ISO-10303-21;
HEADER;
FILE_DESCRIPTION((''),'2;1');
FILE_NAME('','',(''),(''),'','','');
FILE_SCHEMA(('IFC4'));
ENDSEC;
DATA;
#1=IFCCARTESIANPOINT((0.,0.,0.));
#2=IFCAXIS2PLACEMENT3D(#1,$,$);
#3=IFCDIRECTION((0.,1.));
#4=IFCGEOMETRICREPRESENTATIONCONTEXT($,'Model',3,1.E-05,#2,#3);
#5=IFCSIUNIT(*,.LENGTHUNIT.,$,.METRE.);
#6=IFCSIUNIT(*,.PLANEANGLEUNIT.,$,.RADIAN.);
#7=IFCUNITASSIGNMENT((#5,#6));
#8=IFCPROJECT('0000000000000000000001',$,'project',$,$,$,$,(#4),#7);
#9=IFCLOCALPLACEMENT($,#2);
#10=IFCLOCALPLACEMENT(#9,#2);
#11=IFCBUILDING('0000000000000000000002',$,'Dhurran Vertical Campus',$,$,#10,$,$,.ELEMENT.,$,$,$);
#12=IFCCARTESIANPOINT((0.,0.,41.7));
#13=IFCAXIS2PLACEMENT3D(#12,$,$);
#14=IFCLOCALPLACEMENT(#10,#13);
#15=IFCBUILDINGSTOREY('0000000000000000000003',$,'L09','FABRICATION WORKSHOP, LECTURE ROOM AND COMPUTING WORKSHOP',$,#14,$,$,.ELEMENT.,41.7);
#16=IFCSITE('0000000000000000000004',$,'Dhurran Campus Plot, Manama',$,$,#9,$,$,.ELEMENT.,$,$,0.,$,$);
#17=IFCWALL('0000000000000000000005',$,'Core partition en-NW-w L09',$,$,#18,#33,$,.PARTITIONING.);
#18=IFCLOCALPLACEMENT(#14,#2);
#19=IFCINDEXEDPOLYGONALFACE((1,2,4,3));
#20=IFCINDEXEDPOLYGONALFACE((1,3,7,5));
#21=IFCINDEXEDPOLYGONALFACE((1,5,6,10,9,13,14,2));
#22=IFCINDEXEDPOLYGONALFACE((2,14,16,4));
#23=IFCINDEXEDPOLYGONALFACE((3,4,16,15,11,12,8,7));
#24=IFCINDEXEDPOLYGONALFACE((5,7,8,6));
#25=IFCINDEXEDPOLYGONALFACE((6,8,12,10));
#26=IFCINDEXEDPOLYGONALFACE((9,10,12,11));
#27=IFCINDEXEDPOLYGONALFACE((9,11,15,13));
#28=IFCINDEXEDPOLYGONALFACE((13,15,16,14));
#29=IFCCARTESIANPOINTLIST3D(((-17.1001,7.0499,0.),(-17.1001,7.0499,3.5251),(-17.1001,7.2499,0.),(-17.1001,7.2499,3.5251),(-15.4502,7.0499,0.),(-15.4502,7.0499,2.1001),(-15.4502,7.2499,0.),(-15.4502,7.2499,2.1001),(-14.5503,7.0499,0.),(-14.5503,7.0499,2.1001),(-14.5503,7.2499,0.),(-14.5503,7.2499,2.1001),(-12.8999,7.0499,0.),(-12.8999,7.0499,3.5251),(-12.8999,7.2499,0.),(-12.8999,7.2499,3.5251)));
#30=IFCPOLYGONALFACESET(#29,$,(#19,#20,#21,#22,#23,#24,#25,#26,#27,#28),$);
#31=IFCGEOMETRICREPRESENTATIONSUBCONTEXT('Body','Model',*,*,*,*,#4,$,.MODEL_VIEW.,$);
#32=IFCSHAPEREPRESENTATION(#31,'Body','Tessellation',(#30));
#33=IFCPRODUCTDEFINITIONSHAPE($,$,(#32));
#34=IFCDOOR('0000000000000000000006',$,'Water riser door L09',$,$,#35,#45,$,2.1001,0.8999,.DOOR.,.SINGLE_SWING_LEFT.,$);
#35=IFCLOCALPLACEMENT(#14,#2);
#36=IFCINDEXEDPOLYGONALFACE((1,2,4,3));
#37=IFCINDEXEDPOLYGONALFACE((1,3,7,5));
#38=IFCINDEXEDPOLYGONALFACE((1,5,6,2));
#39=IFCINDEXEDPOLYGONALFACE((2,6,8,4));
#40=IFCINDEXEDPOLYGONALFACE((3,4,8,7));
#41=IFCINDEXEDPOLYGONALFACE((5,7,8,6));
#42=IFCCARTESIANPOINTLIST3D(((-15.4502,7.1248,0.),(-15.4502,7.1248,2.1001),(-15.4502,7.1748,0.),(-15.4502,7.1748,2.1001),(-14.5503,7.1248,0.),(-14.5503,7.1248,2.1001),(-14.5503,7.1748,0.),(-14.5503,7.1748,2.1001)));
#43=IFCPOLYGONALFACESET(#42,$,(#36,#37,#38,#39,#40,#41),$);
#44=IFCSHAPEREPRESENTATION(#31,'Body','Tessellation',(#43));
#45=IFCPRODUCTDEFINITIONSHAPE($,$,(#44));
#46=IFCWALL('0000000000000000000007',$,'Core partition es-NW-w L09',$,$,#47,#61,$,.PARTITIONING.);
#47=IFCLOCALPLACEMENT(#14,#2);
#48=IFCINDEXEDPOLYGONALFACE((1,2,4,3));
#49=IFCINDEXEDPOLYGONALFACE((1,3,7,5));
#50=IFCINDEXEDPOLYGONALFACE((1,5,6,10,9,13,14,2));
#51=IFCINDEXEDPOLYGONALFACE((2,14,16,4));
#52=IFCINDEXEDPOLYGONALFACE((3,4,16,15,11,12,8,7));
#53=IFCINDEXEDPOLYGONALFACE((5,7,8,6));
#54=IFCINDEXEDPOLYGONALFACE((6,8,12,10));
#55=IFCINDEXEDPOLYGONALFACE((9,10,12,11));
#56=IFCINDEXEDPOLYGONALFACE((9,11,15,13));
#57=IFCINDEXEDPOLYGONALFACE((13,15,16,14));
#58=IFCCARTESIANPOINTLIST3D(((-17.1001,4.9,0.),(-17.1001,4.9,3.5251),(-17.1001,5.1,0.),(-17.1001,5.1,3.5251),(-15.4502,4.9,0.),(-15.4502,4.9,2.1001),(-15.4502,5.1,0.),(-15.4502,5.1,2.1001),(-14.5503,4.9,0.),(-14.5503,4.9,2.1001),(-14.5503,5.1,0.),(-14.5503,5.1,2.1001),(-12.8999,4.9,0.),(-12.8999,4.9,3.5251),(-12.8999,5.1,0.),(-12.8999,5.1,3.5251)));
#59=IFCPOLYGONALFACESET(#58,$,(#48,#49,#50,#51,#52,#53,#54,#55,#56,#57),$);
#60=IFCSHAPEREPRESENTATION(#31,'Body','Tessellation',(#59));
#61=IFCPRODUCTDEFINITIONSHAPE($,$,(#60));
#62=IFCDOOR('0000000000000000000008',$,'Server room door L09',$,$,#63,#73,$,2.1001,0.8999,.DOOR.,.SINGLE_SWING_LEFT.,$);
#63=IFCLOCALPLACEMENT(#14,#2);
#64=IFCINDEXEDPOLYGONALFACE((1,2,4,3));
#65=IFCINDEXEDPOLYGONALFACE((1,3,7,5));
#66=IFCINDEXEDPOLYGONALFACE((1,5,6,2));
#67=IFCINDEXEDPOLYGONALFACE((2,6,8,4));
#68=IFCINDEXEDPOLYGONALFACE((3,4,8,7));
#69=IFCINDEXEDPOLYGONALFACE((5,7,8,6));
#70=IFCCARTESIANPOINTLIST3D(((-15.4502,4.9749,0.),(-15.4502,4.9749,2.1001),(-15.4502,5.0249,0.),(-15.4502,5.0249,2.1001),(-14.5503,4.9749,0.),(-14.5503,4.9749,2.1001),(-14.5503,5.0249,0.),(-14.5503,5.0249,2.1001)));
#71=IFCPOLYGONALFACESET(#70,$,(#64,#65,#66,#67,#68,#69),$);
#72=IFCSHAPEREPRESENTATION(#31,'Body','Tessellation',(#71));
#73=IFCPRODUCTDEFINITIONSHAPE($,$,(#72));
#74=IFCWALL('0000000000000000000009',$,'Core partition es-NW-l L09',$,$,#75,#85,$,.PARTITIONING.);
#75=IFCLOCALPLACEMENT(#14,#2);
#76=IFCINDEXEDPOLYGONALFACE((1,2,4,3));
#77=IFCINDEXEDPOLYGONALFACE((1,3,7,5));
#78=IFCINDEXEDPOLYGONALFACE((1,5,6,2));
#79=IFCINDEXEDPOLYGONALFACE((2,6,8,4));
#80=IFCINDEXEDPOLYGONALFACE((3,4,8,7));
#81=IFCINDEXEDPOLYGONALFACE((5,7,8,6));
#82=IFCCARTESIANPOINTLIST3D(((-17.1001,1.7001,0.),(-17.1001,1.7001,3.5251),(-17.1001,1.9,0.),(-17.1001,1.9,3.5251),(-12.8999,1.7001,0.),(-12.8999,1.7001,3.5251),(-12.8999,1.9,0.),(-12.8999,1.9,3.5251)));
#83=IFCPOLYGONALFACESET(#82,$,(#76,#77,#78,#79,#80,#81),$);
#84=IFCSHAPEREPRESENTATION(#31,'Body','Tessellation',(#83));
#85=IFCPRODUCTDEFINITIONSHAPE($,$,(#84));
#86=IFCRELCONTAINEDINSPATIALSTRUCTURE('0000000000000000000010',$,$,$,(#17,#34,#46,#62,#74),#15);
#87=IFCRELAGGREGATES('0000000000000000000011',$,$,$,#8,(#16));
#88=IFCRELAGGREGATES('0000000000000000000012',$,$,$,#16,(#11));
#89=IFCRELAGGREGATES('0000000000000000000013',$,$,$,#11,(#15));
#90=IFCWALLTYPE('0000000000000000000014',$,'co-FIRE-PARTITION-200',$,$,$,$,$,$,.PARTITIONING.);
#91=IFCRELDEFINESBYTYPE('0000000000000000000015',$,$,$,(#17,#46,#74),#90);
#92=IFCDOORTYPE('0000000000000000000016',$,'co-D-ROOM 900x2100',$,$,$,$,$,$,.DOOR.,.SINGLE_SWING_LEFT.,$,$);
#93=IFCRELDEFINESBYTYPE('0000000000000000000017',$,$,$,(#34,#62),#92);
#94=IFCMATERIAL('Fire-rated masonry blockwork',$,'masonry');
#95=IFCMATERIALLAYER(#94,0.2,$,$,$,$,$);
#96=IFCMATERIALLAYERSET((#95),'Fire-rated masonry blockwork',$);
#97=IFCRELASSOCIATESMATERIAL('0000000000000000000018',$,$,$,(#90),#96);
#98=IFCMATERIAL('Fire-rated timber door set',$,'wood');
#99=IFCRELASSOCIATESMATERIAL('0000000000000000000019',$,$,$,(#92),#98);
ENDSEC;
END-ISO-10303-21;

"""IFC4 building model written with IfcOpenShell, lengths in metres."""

from ifc_helpers import new_model, si_unit, direction, frame, frame_2d, origin, place, context, subcontext, project, spatial, rectangle, extrude, material, layer, layer_set, type_object, element, fill, save


model = new_model("IFC4")

# Units and contexts
model_context = context("Model", 3, precision=1e-05, world=origin(), true_north=direction((0.0, 1.0)))
body_context = subcontext(model_context, "Body", "Model", "MODEL_VIEW")
ifc_project = project(units=[si_unit("LENGTHUNIT", "METRE"), si_unit("PLANEANGLEUNIT", "RADIAN")], contexts=[model_context])

# Site, building, storey
site_placement = place(None, origin())
site = spatial("IfcSite", under=ifc_project, at=site_placement, Name="Dhurran Campus Plot, Manama", CompositionType="ELEMENT", RefElevation=0.0)
building_placement = place(site_placement, origin())
building = spatial("IfcBuilding", under=site, at=building_placement, Name="Dhurran Vertical Campus", CompositionType="ELEMENT")
storey_placement = place(building_placement, frame((0.0, 0.0, 41.7)))
storey = spatial("IfcBuildingStorey", under=building, at=storey_placement, Name="L09", Description="FABRICATION WORKSHOP, LECTURE ROOM AND COMPUTING WORKSHOP", CompositionType="ELEMENT", Elevation=41.7)

# Walls, openings, doors
ifc_material_1 = material(Name="Fire-rated masonry blockwork", Category="masonry")
ifc_layer_1 = layer(ifc_material_1, 0.2)
ifc_layer_set_1 = layer_set([ifc_layer_1], Name="Fire-rated masonry blockwork")
wall_type_1 = type_object("IfcWallType", Name="co-FIRE-PARTITION-200", PredefinedType="PARTITIONING", material=ifc_layer_set_1)
wall_1_placement = place(storey_placement, frame((-17.1001, 7.1499, 0.0), z_axis=(0.0, 0.0, 1.0), x_axis=(1.0, 0.0, 0.0)))
wall_1 = element("IfcWall", 1, at=wall_1_placement, inside=storey, type_object=wall_type_1, Name="Core partition en-NW-w L09", PredefinedType="PARTITIONING", context=body_context, shape_type="SweptSolid", body=[
    extrude(rectangle(XDim=4.2002, YDim=0.2, at=frame_2d((2.1001, 0.0))), origin(), (0.0, 0.0, 1.0), 3.5251),
])
opening_1_placement = place(wall_1_placement, frame((1.6499, 0.0, 0.0)))
opening_1 = element("IfcOpeningElement", 2, at=opening_1_placement, cuts=wall_1, PredefinedType="OPENING", context=body_context, shape_type="SweptSolid", body=[
    extrude(rectangle(XDim=0.8999, YDim=2.1001, at=frame_2d((0.45, 1.05))), frame((0.0, 0.1099, 0.0), z_axis=(0.0, -1.0, 0.0), x_axis=(1.0, 0.0, 0.0)), (0.0, 0.0, 1.0), 0.22),
])
ifc_material_2 = material(Name="Fire-rated timber door set", Category="wood")
door_type_1 = type_object("IfcDoorType", Name="co-D-ROOM 900x2100", OperationType="SINGLE_SWING_LEFT", PredefinedType="DOOR", material=ifc_material_2)
door_1_placement = place(opening_1_placement, origin())
door_1 = element("IfcDoor", 3, at=door_1_placement, inside=storey, type_object=door_type_1, Name="Water riser door L09", OperationType="SINGLE_SWING_LEFT", OverallHeight=2.1001, OverallWidth=0.8999, PredefinedType="DOOR", context=body_context, shape_type="SweptSolid", body=[
    extrude(rectangle(XDim=0.8999, YDim=2.1001, at=frame_2d((0.45, 1.05))), frame((0.0, 0.0249, 0.0), z_axis=(0.0, -1.0, 0.0), x_axis=(1.0, 0.0, 0.0)), (0.0, 0.0, 1.0), 0.05),
])
fill(opening_1, door_1)
wall_2_placement = place(storey_placement, frame((-17.1001, 5.0, 0.0), z_axis=(0.0, 0.0, 1.0), x_axis=(1.0, 0.0, 0.0)))
wall_2 = element("IfcWall", 4, at=wall_2_placement, inside=storey, type_object=wall_type_1, Name="Core partition es-NW-w L09", PredefinedType="PARTITIONING", context=body_context, shape_type="SweptSolid", body=[
    extrude(rectangle(XDim=4.2002, YDim=0.2, at=frame_2d((2.1001, 0.0))), origin(), (0.0, 0.0, 1.0), 3.5251),
])
opening_2_placement = place(wall_2_placement, frame((1.6499, 0.0, 0.0)))
opening_2 = element("IfcOpeningElement", 5, at=opening_2_placement, cuts=wall_2, PredefinedType="OPENING", context=body_context, shape_type="SweptSolid", body=[
    extrude(rectangle(XDim=0.8999, YDim=2.1001, at=frame_2d((0.45, 1.05))), frame((0.0, 0.1099, 0.0), z_axis=(0.0, -1.0, 0.0), x_axis=(1.0, 0.0, 0.0)), (0.0, 0.0, 1.0), 0.22),
])
door_2_placement = place(opening_2_placement, origin())
door_2 = element("IfcDoor", 6, at=door_2_placement, inside=storey, type_object=door_type_1, Name="Server room door L09", OperationType="SINGLE_SWING_LEFT", OverallHeight=2.1001, OverallWidth=0.8999, PredefinedType="DOOR", context=body_context, shape_type="SweptSolid", body=[
    extrude(rectangle(XDim=0.8999, YDim=2.1001, at=frame_2d((0.45, 1.05))), frame((0.0, 0.0249, 0.0), z_axis=(0.0, -1.0, 0.0), x_axis=(1.0, 0.0, 0.0)), (0.0, 0.0, 1.0), 0.05),
])
fill(opening_2, door_2)

# Wall
wall_3_placement = place(storey_placement, frame((-17.1001, 1.8, 0.0), z_axis=(0.0, 0.0, 1.0), x_axis=(1.0, 0.0, 0.0)))
element("IfcWall", 7, at=wall_3_placement, inside=storey, type_object=wall_type_1, Name="Core partition es-NW-l L09", PredefinedType="PARTITIONING", context=body_context, shape_type="SweptSolid", body=[
    extrude(rectangle(XDim=4.2002, YDim=0.2, at=frame_2d((2.1001, 0.0))), origin(), (0.0, 0.0, 1.0), 3.5251),
])

save(model, "model.ifc")
